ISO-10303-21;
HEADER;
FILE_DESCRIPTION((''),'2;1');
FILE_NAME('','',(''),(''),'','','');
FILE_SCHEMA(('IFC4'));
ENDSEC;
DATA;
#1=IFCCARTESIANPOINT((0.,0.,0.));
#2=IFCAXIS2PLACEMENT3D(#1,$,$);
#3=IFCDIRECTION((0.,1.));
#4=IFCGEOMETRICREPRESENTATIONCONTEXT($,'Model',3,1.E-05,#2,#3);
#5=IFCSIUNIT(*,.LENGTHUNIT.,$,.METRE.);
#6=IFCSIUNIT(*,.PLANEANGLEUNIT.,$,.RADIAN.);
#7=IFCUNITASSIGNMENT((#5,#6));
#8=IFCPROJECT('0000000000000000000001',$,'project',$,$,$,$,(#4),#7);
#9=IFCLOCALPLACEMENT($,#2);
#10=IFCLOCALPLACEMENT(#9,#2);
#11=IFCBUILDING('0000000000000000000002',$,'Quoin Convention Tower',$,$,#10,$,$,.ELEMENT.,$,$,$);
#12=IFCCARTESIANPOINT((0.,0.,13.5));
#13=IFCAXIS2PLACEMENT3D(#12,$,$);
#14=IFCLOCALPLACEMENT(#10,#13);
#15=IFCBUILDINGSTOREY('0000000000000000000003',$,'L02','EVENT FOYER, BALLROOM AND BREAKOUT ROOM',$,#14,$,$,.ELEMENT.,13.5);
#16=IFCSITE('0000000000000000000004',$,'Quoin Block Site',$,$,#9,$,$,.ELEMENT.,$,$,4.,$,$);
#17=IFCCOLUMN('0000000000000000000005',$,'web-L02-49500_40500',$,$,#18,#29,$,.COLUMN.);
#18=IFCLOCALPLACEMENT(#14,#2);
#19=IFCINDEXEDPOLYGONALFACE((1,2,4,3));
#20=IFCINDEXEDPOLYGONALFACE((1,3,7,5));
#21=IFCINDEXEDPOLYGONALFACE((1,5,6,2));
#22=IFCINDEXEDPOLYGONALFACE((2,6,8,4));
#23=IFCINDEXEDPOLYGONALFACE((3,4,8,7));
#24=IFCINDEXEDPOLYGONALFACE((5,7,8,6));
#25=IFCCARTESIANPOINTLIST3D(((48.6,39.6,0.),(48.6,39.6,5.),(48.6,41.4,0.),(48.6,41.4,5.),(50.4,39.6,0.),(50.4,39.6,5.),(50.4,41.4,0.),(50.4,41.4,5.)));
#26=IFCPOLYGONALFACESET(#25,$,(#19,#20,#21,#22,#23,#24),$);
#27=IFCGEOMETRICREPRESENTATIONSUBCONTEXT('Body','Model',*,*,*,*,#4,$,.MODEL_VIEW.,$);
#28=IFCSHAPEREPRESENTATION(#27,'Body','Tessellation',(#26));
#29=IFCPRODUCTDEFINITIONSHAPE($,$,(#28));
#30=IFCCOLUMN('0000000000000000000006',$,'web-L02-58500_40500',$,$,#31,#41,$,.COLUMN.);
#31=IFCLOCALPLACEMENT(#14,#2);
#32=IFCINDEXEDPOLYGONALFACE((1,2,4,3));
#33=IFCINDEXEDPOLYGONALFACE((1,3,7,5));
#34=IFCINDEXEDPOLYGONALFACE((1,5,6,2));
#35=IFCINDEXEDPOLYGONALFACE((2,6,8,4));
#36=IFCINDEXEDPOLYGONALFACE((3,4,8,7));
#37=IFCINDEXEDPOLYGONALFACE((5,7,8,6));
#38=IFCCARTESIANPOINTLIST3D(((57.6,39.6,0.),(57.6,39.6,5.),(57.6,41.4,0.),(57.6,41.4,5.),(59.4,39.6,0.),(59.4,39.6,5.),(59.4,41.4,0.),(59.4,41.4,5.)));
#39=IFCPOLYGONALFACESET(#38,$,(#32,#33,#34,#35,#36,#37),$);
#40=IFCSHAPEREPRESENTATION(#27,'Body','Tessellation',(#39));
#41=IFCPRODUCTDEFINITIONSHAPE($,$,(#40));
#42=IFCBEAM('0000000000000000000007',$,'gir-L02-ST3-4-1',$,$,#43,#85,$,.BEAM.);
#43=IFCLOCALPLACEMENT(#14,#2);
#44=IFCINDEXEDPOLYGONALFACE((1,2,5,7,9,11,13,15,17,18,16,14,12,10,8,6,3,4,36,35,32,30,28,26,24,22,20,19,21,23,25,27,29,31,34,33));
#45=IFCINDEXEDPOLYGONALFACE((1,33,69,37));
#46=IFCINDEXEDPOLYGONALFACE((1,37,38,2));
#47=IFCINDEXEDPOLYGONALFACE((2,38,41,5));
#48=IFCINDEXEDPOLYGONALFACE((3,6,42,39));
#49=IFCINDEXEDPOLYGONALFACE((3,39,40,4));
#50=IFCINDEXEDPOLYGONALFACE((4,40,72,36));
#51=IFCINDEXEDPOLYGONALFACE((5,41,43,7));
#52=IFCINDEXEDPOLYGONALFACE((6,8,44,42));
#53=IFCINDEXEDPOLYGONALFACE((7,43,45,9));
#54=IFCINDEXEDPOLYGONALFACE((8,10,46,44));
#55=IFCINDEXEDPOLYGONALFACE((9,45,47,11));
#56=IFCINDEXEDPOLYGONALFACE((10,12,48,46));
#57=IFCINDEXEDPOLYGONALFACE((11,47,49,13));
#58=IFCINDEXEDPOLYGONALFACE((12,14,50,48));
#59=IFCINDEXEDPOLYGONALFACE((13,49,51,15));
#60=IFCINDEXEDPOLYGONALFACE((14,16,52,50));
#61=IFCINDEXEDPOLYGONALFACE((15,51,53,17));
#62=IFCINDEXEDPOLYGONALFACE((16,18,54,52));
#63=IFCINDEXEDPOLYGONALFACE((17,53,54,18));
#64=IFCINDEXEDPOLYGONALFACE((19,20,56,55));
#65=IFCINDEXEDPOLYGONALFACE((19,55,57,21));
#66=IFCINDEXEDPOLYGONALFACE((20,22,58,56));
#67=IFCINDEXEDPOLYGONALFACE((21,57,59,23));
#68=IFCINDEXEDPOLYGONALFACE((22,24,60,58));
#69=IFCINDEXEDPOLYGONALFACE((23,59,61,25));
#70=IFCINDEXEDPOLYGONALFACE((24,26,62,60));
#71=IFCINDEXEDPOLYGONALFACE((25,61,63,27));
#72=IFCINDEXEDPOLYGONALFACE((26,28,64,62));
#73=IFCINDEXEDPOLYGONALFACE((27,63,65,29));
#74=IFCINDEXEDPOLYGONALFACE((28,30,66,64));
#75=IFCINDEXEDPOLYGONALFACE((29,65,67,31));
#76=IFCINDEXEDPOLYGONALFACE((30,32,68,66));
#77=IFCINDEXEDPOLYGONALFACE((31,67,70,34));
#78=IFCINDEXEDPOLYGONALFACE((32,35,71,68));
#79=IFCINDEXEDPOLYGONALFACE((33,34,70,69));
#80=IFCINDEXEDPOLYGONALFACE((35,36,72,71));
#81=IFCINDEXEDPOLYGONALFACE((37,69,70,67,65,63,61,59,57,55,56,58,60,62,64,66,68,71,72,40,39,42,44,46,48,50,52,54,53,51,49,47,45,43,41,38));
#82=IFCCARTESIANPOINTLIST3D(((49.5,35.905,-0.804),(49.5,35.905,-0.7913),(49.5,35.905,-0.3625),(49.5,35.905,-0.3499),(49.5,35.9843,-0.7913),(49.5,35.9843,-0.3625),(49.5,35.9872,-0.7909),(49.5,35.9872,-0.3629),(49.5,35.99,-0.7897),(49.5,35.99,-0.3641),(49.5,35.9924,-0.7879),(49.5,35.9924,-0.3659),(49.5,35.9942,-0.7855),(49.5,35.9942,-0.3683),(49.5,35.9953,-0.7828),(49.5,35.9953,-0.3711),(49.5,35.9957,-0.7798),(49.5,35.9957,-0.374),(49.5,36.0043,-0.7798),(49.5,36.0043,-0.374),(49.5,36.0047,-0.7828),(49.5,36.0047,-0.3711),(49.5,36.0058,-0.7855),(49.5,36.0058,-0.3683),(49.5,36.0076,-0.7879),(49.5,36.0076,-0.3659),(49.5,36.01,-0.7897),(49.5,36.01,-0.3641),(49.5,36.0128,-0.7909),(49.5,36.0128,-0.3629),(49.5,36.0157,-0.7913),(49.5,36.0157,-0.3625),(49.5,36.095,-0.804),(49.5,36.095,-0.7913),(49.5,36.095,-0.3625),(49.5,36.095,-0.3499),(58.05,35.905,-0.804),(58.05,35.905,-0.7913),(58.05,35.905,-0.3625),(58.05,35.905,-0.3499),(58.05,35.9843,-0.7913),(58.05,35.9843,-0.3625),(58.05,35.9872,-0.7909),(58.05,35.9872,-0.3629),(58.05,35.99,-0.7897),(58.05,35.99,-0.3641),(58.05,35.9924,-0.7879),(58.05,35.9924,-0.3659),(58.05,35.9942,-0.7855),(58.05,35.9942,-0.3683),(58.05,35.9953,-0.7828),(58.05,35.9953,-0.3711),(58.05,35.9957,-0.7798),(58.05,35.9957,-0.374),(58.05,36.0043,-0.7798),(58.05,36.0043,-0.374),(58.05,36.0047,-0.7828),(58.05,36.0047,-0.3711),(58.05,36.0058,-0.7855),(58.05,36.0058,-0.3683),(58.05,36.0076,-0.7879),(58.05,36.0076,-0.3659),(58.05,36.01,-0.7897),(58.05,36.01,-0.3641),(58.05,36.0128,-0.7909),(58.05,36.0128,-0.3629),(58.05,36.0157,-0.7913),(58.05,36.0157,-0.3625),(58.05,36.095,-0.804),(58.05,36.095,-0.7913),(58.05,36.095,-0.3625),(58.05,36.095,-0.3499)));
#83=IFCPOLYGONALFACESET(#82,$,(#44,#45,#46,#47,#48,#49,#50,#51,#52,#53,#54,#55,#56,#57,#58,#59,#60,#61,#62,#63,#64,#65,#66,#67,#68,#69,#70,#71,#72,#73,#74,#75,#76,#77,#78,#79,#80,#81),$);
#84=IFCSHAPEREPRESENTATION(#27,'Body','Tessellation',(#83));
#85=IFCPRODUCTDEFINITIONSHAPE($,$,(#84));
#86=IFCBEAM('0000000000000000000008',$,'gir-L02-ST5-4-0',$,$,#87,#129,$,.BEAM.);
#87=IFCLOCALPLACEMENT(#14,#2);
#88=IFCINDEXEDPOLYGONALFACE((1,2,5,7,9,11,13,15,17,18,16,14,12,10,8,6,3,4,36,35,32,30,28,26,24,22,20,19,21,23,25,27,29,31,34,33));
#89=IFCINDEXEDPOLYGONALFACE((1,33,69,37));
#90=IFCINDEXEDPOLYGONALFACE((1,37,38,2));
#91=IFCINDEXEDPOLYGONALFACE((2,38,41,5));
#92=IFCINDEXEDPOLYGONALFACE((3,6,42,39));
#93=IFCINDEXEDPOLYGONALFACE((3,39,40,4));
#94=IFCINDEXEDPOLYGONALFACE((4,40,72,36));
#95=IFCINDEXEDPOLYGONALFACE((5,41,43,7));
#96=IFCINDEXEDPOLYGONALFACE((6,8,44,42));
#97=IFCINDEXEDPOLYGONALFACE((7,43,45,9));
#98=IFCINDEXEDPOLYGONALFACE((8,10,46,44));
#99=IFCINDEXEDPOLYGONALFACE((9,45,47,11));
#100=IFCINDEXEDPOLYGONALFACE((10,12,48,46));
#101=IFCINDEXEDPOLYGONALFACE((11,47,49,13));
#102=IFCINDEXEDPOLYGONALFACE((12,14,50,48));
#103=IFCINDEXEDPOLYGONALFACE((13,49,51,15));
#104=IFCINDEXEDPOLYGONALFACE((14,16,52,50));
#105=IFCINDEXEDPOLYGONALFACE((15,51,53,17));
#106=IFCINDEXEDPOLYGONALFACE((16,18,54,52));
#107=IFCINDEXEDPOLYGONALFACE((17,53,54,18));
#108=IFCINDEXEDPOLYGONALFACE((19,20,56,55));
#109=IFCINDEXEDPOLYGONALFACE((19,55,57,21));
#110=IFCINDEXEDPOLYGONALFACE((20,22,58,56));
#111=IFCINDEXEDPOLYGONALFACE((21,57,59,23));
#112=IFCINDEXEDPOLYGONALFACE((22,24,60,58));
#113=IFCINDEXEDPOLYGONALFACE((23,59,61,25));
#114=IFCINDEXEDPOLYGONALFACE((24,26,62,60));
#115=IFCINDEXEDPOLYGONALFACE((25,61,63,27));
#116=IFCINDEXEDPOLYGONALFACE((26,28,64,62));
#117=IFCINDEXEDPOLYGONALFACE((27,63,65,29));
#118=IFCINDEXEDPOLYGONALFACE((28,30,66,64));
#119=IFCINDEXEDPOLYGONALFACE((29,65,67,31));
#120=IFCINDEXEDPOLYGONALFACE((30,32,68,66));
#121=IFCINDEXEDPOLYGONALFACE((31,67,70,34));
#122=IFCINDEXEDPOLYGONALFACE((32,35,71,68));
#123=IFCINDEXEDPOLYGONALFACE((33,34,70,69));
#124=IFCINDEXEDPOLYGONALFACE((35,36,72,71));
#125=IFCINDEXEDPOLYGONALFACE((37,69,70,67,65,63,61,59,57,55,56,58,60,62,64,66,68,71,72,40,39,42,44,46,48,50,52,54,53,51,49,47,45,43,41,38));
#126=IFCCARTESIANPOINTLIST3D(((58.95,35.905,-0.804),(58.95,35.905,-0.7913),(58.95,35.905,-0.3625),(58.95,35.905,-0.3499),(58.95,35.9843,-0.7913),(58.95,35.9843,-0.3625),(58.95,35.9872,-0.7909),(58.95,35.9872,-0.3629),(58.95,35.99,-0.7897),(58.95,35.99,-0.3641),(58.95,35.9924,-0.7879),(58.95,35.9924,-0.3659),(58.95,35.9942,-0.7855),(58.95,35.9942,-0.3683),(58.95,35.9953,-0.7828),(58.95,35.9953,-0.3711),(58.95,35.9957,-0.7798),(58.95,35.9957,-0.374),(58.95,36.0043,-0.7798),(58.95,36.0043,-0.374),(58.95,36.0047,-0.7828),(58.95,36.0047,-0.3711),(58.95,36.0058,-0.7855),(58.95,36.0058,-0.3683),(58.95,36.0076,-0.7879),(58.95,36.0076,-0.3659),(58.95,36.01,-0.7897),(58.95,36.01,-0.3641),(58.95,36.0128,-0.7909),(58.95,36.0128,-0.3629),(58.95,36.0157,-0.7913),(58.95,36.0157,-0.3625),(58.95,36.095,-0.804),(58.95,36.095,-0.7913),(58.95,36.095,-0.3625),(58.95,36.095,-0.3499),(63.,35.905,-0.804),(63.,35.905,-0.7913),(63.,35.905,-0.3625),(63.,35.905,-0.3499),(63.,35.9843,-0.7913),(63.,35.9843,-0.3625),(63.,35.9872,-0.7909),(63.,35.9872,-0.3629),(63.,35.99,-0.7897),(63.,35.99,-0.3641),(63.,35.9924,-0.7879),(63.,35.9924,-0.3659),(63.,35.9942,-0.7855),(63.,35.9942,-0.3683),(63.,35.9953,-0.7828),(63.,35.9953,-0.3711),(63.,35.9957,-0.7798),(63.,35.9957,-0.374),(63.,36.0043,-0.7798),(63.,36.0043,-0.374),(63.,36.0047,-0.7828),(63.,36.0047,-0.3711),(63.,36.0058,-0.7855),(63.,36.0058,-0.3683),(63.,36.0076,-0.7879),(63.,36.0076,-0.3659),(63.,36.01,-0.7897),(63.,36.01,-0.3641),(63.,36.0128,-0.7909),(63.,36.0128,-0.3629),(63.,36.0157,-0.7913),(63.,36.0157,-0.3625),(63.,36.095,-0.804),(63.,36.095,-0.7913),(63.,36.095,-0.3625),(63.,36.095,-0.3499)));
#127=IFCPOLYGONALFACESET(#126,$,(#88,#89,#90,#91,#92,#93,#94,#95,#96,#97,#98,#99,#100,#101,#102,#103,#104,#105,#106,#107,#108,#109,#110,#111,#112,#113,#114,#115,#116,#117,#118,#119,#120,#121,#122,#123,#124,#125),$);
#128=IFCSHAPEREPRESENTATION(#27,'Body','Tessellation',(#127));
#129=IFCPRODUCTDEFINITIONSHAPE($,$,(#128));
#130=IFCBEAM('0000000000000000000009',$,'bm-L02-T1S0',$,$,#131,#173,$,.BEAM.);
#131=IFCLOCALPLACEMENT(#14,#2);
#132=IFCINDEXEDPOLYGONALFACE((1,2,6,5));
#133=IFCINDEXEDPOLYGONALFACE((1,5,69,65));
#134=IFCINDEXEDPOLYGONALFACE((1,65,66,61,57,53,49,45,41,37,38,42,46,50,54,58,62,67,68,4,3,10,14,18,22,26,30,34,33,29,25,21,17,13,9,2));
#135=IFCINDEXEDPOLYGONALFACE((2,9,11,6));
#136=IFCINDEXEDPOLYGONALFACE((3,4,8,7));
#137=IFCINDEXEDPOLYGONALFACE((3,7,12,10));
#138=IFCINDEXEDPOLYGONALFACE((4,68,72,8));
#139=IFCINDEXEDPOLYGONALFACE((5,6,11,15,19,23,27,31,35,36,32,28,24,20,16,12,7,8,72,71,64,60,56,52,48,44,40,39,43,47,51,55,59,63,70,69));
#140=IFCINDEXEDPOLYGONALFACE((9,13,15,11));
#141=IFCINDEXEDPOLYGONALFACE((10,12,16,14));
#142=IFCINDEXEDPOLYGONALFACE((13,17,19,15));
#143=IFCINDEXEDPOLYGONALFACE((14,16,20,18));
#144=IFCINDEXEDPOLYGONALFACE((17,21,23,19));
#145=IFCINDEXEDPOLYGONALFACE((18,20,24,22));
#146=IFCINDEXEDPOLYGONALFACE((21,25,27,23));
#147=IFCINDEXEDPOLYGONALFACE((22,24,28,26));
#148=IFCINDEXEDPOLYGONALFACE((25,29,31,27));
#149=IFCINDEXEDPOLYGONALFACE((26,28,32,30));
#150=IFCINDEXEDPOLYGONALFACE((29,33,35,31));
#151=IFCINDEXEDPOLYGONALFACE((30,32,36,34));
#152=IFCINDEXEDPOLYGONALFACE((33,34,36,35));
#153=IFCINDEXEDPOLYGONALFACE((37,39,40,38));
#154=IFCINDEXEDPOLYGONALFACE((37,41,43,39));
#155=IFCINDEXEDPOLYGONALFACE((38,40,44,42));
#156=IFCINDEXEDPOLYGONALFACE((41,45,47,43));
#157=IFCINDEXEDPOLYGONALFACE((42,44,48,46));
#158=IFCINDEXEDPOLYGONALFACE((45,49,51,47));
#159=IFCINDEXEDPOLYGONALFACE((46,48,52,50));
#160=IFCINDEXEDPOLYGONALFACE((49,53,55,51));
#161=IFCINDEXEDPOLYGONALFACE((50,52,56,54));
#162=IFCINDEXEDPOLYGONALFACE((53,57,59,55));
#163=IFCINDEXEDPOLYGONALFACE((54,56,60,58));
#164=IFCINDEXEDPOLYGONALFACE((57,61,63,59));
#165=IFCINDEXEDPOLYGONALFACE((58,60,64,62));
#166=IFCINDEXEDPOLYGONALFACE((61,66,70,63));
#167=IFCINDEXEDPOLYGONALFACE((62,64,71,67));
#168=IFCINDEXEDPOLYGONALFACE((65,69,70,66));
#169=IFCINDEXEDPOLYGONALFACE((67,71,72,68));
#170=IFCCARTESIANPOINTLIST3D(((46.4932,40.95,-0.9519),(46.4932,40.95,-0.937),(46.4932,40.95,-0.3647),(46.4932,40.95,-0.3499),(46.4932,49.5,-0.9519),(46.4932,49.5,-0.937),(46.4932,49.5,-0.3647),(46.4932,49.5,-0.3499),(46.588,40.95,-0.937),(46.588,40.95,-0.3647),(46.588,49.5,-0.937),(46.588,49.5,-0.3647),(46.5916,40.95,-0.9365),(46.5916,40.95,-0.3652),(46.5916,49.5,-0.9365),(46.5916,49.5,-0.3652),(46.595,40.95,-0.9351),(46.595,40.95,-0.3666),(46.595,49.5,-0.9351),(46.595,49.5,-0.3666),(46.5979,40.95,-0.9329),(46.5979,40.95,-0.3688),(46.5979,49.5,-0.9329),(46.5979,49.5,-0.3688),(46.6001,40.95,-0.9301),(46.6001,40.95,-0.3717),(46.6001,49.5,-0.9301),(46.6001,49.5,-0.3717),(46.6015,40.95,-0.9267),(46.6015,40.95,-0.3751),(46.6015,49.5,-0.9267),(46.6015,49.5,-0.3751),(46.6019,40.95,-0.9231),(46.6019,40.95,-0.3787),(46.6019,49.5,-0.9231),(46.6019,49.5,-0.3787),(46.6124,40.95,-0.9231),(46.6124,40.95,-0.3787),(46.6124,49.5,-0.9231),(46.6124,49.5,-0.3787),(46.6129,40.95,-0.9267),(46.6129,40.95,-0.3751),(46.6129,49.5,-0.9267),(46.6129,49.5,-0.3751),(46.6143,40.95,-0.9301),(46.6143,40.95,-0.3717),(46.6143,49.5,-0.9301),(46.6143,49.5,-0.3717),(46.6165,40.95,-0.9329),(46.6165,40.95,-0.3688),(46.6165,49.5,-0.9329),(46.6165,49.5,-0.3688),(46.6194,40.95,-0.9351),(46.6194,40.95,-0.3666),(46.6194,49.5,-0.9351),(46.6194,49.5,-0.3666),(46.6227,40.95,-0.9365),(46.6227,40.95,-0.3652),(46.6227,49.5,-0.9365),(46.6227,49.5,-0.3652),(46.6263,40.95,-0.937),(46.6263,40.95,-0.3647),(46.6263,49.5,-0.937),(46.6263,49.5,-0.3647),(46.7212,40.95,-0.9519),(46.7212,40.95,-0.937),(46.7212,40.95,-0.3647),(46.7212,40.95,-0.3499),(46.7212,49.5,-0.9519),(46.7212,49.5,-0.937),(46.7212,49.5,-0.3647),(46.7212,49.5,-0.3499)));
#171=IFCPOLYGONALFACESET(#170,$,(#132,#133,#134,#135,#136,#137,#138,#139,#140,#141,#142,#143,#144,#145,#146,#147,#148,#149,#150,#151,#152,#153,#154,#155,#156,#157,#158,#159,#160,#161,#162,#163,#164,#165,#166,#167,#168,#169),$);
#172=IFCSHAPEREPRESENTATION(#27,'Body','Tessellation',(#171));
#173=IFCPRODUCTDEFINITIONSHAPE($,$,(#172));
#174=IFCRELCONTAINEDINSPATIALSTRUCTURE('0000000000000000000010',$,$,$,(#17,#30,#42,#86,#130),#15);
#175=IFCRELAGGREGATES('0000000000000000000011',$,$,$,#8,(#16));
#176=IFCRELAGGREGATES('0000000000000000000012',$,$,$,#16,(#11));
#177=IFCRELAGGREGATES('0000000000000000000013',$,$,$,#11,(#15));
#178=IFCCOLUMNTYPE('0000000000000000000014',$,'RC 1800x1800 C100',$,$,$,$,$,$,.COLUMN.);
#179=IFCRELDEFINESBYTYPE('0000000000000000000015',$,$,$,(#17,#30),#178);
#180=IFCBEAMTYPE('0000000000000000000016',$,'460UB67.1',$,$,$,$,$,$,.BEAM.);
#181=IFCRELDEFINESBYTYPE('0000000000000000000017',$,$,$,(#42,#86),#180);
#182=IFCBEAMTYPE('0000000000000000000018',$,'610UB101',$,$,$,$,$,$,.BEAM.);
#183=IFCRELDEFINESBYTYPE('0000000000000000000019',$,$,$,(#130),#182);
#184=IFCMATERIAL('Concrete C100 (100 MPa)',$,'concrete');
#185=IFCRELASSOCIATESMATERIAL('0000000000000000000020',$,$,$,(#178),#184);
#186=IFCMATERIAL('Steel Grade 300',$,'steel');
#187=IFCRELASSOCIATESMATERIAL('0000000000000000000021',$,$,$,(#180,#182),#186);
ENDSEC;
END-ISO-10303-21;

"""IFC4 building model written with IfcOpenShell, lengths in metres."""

from ifc_helpers import new_model, si_unit, direction, frame, origin, origin_2d, place, context, subcontext, project, spatial, rectangle, i_section, extrude, material, material_profile, profile_set, type_object, element, save


model = new_model("IFC4")

# Units and contexts
model_context = context("Model", 3, precision=1e-05, world=origin(), true_north=direction((0.0, 1.0)))
body_context = subcontext(model_context, "Body", "Model", "MODEL_VIEW")
ifc_project = project(units=[si_unit("LENGTHUNIT", "METRE"), si_unit("PLANEANGLEUNIT", "RADIAN")], contexts=[model_context])

# Site, building, storey
site_placement = place(None, origin())
site = spatial("IfcSite", under=ifc_project, at=site_placement, Name="Quoin Block Site", CompositionType="ELEMENT", RefElevation=4.0)
building_placement = place(site_placement, origin())
building = spatial("IfcBuilding", under=site, at=building_placement, Name="Quoin Convention Tower", CompositionType="ELEMENT")
storey_placement = place(building_placement, frame((0.0, 0.0, 13.5)))
storey = spatial("IfcBuildingStorey", under=building, at=storey_placement, Name="L02", Description="EVENT FOYER, BALLROOM AND BREAKOUT ROOM", CompositionType="ELEMENT", Elevation=13.5)

# Columns
ifc_material_1 = material(Name="Concrete C100 (100 MPa)", Category="concrete")
ifc_material_profile_1 = material_profile(ifc_material_1, rectangle(XDim=1.8, YDim=1.8, at=origin_2d()), Name="RC 1800x1800")
ifc_profile_set_1 = profile_set([ifc_material_profile_1], Name="Concrete C100 (100 MPa)")
column_type = type_object("IfcColumnType", Name="RC 1800x1800 C100", PredefinedType="COLUMN", material=ifc_profile_set_1)
for number, where, z_axis, x_axis, name in (
    (1, (49.5, 40.5, 0.0), (0.0, 0.0, 1.0), (1.0, 0.0, 0.0), "web-L02-49500_40500"),
    (2, (58.5, 40.5, 0.0), (0.0, 0.0, 1.0), (1.0, 0.0, 0.0), "web-L02-58500_40500"),
):
    element("IfcColumn", number, at=place(storey_placement, frame(where, z_axis=z_axis, x_axis=x_axis)), inside=storey, type_object=column_type, Name=name, PredefinedType="COLUMN", context=body_context, shape_type="SweptSolid", body=[
        extrude(rectangle(XDim=1.8, YDim=1.8, at=origin_2d()), origin(), (0.0, 0.0, 1.0), 5.0),
    ])

# Beams
ifc_material_2 = material(Name="Steel Grade 300", Category="steel")
ifc_material_profile_2 = material_profile(ifc_material_2, i_section(OverallWidth=0.1899, OverallDepth=0.4541, WebThickness=0.0085, FlangeThickness=0.0127, FilletRadius=0.0115, at=origin_2d()), Name="460UB67.1")
ifc_profile_set_2 = profile_set([ifc_material_profile_2], Name="Steel Grade 300")
beam_type_1 = type_object("IfcBeamType", Name="460UB67.1", PredefinedType="BEAM", material=ifc_profile_set_2)
beam_1_placement = place(storey_placement, frame((49.5, 36.0, -0.5769), z_axis=(1.0, 0.0, 0.0), x_axis=(0.0, 1.0, 0.0)))
element("IfcBeam", 3, at=beam_1_placement, inside=storey, type_object=beam_type_1, Name="gir-L02-ST3-4-1", PredefinedType="BEAM", context=body_context, shape_type="SweptSolid", body=[
    extrude(i_section(OverallWidth=0.1899, OverallDepth=0.4541, WebThickness=0.0085, FlangeThickness=0.0127, FilletRadius=0.0115, at=origin_2d()), origin(), (0.0, 0.0, 1.0), 8.55),
])
beam_2_placement = place(storey_placement, frame((58.95, 36.0, -0.5769), z_axis=(1.0, 0.0, 0.0), x_axis=(0.0, 1.0, 0.0)))
element("IfcBeam", 4, at=beam_2_placement, inside=storey, type_object=beam_type_1, Name="gir-L02-ST5-4-0", PredefinedType="BEAM", context=body_context, shape_type="SweptSolid", body=[
    extrude(i_section(OverallWidth=0.1899, OverallDepth=0.4541, WebThickness=0.0085, FlangeThickness=0.0127, FilletRadius=0.0115, at=origin_2d()), origin(), (0.0, 0.0, 1.0), 4.05),
])
ifc_material_profile_3 = material_profile(ifc_material_2, i_section(OverallWidth=0.228, OverallDepth=0.6021, WebThickness=0.0105, FlangeThickness=0.0149, FilletRadius=0.0139, at=origin_2d()), Name="610UB101")
ifc_profile_set_3 = profile_set([ifc_material_profile_3], Name="Steel Grade 300")
beam_type_2 = type_object("IfcBeamType", Name="610UB101", PredefinedType="BEAM", material=ifc_profile_set_3)
beam_3_placement = place(storey_placement, frame((46.6072, 40.95, -0.6509), z_axis=(0.0, 1.0, 0.0), x_axis=(-1.0, 0.0, 0.0)))
element("IfcBeam", 5, at=beam_3_placement, inside=storey, type_object=beam_type_2, Name="bm-L02-T1S0", PredefinedType="BEAM", context=body_context, shape_type="SweptSolid", body=[
    extrude(i_section(OverallWidth=0.228, OverallDepth=0.6021, WebThickness=0.0105, FlangeThickness=0.0149, FilletRadius=0.0139, at=origin_2d()), origin(), (0.0, 0.0, 1.0), 8.55),
])

save(model, "model.ifc")
